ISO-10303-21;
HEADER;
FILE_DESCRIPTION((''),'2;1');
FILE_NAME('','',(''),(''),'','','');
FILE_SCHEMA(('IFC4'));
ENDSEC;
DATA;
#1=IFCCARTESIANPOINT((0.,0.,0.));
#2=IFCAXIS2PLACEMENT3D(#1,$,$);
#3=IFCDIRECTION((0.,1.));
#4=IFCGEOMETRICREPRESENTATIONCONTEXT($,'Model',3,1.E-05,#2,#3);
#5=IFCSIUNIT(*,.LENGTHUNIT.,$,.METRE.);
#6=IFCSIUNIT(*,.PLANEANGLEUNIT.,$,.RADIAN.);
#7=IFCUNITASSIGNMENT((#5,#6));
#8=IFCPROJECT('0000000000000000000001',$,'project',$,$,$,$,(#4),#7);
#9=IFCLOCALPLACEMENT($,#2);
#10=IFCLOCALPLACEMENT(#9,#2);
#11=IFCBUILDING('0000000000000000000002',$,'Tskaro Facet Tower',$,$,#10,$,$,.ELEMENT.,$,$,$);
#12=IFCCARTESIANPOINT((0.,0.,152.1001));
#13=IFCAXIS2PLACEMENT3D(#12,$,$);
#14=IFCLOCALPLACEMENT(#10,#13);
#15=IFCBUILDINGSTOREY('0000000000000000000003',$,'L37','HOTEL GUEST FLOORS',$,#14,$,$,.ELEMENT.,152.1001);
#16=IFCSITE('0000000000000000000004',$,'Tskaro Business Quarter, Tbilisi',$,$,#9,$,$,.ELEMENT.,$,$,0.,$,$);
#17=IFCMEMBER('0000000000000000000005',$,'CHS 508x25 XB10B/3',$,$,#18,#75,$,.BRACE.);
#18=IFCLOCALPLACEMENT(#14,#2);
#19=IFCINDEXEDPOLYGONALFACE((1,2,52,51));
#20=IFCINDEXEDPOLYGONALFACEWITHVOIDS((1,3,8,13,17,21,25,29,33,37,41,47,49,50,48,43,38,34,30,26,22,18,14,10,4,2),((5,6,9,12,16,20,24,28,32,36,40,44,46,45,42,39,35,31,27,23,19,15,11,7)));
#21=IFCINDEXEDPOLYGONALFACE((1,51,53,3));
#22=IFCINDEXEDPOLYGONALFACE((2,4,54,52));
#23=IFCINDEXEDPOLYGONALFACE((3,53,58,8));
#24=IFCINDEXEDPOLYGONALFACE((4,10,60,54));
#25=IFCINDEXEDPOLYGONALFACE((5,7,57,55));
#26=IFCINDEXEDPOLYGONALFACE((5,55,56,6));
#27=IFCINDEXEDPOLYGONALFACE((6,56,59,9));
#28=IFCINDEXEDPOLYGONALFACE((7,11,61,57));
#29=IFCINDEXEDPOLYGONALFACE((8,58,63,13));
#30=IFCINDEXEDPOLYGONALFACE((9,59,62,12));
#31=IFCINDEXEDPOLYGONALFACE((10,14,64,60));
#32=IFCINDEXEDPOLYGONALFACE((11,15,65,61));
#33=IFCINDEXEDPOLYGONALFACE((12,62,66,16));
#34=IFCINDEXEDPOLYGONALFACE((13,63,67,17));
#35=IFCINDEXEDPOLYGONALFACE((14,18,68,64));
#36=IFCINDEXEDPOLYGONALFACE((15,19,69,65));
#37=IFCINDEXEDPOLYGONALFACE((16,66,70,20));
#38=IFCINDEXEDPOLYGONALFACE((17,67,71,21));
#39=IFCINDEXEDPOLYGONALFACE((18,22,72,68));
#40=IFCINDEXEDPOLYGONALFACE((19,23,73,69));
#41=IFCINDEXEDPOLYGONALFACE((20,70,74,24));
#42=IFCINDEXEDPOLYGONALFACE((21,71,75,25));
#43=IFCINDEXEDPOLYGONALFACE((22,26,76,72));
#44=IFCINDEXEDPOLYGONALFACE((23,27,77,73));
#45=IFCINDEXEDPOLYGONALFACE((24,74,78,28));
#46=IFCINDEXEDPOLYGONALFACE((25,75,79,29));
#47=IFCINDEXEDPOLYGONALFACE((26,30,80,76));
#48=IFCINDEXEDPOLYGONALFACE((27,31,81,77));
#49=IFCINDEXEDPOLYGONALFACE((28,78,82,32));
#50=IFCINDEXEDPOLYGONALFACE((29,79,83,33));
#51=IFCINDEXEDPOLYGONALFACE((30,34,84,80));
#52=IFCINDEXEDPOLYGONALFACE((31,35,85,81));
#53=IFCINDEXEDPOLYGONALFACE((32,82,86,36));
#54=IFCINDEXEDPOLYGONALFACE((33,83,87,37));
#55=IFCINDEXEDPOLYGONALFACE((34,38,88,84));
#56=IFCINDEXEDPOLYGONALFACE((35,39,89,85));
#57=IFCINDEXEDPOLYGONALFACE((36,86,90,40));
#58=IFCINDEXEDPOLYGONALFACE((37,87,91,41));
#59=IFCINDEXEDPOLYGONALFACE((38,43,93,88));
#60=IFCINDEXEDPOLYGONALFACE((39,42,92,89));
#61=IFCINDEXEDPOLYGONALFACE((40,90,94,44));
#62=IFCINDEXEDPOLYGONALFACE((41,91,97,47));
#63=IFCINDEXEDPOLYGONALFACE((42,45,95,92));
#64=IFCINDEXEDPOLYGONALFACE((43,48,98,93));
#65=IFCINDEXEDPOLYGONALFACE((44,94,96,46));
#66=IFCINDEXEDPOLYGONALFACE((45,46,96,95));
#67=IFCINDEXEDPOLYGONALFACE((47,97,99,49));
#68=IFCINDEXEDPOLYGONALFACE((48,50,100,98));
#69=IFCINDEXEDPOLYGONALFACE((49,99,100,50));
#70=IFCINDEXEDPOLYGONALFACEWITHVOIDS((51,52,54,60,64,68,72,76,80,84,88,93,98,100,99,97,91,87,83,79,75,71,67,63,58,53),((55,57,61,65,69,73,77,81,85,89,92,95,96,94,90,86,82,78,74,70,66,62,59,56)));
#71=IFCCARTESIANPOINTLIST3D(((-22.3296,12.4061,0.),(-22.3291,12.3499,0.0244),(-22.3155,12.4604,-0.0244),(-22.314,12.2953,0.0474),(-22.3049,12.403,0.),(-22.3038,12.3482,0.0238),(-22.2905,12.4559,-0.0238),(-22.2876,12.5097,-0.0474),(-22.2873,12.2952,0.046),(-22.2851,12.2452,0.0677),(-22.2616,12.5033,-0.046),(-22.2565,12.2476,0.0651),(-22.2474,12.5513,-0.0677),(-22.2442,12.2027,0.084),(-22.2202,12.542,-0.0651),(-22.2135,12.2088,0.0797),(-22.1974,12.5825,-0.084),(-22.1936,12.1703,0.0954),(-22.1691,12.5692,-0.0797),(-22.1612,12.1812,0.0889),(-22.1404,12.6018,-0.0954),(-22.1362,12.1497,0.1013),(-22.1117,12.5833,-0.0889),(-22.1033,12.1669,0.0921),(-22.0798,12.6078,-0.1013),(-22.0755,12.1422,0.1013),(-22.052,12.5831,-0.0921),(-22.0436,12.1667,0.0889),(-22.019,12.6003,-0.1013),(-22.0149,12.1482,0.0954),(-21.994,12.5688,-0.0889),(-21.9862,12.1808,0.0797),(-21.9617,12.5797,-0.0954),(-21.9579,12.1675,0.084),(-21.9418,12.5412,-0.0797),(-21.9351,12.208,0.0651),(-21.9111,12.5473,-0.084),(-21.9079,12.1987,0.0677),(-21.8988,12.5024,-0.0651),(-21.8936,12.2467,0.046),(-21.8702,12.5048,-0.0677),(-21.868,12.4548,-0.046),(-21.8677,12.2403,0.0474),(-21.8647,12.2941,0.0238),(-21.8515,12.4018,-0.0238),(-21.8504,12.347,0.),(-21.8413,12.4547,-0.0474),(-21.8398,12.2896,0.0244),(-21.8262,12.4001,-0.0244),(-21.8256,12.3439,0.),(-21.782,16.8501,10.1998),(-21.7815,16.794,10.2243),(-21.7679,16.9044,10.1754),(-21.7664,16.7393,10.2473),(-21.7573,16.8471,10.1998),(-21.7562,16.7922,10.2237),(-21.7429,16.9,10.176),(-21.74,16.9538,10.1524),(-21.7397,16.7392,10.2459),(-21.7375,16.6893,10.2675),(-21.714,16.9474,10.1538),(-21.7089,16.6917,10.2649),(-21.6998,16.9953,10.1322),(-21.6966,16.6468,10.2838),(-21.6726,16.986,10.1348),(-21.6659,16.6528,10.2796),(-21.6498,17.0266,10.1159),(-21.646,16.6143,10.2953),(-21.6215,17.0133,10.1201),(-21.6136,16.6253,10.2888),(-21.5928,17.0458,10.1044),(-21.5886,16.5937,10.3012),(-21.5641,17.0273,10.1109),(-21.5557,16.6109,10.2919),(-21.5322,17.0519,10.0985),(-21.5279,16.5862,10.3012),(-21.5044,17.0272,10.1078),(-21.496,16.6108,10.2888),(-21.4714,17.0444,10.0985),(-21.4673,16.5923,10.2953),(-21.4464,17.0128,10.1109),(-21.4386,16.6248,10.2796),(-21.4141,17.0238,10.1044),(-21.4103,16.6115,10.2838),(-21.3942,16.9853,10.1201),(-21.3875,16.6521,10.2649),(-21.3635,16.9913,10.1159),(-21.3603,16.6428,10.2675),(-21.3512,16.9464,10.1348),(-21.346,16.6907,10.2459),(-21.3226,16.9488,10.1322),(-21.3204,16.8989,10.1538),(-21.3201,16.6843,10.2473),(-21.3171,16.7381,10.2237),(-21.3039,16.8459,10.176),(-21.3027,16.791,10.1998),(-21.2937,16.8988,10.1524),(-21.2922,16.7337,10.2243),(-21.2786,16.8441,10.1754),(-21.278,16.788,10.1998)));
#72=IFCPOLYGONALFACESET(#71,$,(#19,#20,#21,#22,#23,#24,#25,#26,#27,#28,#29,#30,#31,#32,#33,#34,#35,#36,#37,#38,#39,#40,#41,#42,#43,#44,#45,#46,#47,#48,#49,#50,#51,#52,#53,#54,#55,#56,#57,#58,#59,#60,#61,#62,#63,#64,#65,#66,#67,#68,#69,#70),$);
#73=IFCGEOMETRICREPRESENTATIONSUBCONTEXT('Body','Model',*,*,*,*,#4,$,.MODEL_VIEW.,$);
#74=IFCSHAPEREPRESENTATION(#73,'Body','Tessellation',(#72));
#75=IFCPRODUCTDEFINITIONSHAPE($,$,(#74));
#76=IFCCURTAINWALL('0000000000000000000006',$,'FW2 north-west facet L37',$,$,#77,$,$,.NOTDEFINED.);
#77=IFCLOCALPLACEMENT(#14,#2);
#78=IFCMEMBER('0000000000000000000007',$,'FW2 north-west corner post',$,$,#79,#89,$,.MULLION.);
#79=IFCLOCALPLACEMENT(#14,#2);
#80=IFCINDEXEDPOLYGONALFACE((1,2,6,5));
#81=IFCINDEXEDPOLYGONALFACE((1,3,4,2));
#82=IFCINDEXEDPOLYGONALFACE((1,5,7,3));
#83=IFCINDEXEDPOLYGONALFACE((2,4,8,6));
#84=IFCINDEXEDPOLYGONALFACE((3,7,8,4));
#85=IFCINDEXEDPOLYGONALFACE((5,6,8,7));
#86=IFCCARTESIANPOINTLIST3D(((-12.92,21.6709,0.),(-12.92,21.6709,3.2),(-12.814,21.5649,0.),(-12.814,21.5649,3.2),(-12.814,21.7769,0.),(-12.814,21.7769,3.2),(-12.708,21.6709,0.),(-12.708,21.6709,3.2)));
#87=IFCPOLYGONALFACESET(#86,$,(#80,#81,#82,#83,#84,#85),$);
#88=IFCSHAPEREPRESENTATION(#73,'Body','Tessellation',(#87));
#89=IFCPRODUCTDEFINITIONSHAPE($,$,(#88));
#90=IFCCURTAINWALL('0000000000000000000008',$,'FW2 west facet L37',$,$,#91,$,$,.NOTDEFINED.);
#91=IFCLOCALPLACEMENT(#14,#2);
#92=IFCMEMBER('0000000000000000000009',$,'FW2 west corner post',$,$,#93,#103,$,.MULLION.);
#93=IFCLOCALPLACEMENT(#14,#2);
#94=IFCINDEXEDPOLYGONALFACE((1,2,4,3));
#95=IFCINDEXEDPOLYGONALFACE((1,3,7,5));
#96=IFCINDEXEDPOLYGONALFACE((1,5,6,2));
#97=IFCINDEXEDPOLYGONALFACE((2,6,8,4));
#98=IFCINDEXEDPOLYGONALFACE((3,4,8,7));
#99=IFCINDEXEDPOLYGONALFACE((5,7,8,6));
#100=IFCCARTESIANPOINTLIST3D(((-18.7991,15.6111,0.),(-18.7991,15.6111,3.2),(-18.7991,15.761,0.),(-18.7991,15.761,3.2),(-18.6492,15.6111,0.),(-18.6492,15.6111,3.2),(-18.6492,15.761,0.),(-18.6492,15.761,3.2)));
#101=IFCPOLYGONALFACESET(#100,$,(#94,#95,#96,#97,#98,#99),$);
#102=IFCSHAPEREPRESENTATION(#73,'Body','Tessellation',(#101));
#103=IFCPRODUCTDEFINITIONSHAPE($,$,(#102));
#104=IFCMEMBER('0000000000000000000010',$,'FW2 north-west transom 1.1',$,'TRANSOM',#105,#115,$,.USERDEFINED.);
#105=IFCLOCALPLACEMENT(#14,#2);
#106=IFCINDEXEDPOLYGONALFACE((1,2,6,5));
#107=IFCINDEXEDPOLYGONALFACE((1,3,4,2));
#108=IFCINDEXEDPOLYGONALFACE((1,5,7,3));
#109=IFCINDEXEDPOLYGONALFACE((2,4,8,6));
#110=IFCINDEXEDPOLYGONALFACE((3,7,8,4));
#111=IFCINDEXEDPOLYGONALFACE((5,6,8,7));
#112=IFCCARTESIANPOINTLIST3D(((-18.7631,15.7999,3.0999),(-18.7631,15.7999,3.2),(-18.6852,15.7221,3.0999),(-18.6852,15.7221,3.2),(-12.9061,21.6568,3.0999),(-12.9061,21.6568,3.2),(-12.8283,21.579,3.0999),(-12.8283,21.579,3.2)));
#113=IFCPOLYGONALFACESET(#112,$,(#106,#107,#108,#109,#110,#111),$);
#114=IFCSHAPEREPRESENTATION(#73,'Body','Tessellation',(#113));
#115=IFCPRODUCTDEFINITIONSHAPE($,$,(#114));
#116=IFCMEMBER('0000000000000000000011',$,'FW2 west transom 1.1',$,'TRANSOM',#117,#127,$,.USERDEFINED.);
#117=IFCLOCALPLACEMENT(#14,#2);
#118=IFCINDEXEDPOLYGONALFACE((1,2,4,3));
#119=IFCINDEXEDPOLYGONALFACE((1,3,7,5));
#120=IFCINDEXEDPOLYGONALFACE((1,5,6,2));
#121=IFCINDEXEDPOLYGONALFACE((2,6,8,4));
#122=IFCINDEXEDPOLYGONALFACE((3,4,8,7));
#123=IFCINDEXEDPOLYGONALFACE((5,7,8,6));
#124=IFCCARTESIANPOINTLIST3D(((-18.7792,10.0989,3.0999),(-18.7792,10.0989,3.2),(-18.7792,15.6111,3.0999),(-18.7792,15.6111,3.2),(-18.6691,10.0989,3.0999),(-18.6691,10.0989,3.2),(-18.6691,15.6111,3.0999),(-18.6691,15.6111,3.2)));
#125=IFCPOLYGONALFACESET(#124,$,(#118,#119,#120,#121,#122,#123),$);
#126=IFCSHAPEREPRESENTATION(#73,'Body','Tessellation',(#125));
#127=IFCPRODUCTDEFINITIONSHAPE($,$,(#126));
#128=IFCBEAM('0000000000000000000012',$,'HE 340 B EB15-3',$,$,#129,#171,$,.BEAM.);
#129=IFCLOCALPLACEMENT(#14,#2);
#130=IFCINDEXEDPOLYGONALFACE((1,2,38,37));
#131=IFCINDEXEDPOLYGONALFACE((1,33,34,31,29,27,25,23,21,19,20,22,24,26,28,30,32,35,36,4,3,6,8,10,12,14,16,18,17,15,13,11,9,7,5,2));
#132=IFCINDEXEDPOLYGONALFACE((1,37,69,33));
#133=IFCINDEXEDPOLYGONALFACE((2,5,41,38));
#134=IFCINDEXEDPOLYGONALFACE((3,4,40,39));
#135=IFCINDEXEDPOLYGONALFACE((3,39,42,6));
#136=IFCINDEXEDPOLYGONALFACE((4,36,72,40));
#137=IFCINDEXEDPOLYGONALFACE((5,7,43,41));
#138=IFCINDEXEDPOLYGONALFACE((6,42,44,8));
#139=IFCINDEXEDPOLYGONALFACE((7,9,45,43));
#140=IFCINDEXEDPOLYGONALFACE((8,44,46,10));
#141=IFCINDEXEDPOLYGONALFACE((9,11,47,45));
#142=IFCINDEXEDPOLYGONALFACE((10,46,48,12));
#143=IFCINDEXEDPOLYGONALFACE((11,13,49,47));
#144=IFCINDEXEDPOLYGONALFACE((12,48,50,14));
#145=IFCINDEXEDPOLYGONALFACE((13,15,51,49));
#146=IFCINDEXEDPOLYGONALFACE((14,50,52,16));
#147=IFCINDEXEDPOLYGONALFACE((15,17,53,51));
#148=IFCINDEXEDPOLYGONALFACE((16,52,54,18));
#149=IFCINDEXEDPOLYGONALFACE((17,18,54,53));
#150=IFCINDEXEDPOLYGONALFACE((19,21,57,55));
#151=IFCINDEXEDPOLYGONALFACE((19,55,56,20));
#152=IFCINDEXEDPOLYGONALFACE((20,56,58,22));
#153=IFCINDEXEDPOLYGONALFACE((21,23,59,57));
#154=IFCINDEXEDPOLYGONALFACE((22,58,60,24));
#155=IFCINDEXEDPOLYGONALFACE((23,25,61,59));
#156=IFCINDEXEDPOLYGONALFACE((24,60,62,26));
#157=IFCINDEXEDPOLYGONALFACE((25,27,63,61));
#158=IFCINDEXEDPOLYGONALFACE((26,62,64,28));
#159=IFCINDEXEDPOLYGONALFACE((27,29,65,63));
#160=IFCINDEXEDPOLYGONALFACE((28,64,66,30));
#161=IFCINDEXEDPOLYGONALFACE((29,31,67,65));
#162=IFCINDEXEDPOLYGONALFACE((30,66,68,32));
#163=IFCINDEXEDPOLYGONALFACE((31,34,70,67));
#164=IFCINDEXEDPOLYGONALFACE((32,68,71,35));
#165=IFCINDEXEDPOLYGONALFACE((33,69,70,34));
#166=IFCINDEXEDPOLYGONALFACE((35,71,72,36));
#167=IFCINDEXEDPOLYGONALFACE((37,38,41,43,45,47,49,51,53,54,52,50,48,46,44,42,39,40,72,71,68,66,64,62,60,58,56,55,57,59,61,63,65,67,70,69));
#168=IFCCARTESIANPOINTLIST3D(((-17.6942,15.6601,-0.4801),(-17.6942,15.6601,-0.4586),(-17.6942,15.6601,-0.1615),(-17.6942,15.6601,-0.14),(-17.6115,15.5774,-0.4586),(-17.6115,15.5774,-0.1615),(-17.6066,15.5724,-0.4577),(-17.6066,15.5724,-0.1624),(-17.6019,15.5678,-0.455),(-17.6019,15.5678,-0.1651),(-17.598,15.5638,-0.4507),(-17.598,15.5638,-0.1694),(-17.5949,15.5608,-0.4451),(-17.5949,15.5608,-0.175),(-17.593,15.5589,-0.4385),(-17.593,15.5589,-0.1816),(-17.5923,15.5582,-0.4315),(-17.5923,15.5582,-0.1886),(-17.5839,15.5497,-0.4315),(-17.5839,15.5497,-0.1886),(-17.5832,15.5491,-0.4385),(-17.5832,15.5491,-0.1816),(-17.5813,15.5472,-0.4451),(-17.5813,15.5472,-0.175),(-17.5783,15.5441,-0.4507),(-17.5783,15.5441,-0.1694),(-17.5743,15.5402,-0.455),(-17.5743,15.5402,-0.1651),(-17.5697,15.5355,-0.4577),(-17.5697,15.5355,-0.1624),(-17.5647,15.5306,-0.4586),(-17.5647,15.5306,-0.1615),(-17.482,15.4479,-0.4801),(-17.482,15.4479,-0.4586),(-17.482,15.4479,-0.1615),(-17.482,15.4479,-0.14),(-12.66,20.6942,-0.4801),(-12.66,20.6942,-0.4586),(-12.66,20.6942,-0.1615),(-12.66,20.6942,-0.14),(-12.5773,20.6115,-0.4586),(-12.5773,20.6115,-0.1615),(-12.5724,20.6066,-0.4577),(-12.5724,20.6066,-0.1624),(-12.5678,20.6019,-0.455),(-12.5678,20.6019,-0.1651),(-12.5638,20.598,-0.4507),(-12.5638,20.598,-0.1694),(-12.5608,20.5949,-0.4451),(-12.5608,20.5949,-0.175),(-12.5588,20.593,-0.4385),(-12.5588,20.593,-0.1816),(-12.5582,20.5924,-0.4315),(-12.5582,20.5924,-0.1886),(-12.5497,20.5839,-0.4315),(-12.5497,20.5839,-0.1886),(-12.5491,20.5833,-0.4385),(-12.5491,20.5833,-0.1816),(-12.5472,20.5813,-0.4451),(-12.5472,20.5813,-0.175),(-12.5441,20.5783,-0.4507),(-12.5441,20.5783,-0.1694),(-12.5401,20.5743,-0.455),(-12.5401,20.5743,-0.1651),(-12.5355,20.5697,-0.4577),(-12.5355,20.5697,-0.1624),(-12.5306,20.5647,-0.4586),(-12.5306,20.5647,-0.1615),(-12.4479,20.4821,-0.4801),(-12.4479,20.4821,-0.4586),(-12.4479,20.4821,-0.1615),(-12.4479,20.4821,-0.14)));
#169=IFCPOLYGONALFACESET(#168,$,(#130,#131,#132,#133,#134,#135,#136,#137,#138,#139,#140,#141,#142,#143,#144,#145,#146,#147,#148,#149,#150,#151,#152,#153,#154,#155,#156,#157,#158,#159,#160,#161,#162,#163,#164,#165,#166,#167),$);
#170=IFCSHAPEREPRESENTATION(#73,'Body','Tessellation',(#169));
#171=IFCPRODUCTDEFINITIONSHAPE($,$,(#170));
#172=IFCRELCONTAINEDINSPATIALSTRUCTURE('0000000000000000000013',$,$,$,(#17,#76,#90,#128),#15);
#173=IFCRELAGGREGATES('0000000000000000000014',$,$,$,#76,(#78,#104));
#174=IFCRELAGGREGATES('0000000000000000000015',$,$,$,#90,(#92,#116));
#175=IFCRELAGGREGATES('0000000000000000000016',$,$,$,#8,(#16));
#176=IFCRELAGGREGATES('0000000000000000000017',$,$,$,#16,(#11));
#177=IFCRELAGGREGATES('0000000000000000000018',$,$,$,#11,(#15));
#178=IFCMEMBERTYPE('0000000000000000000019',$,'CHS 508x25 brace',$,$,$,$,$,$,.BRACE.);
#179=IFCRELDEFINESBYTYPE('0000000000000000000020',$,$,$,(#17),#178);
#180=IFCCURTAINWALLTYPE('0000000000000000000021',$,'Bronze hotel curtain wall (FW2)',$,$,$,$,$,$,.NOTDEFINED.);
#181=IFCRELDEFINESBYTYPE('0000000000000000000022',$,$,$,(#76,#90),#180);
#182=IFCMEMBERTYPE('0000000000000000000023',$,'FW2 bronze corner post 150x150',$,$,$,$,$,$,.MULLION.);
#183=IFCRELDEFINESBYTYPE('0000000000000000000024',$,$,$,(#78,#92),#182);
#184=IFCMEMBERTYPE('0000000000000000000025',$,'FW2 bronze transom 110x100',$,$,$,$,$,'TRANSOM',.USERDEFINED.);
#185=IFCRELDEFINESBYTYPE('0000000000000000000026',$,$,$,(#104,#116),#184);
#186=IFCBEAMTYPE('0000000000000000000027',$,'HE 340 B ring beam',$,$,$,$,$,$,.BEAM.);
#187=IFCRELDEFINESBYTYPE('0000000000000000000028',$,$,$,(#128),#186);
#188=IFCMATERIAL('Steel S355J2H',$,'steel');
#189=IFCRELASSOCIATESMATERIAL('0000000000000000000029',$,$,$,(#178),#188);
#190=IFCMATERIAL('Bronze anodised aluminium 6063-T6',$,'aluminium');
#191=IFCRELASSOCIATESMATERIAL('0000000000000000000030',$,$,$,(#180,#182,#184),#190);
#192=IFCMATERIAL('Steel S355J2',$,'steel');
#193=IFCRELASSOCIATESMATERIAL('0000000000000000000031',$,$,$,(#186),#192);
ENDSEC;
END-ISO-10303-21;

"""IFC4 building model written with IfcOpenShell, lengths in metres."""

from ifc_helpers import new_model, si_unit, direction, frame, origin, origin_2d, place, context, subcontext, project, spatial, rectangle, hollow_circle, i_section, extrude, material, material_profile, profile_set, type_object, element, aggregate, save


model = new_model("IFC4")

# Units and contexts
model_context = context("Model", 3, precision=1e-05, world=origin(), true_north=direction((0.0, 1.0)))
body_context = subcontext(model_context, "Body", "Model", "MODEL_VIEW")
ifc_project = project(units=[si_unit("LENGTHUNIT", "METRE"), si_unit("PLANEANGLEUNIT", "RADIAN")], contexts=[model_context])

# Site, building, storey
site_placement = place(None, origin())
site = spatial("IfcSite", under=ifc_project, at=site_placement, Name="Tskaro Business Quarter, Tbilisi", CompositionType="ELEMENT", RefElevation=0.0)
building_placement = place(site_placement, origin())
building = spatial("IfcBuilding", under=site, at=building_placement, Name="Tskaro Facet Tower", CompositionType="ELEMENT")
storey_placement = place(building_placement, frame((0.0, 0.0, 152.1001)))
storey = spatial("IfcBuildingStorey", under=building, at=storey_placement, Name="L37", Description="HOTEL GUEST FLOORS", CompositionType="ELEMENT", Elevation=152.1001)

# Shared definitions
ifc_material_1 = material(Name="Steel S355J2H", Category="steel")

# Member
ifc_material_profile_1 = material_profile(ifc_material_1, hollow_circle(Radius=0.2539, WallThickness=0.0249, at=origin_2d()), Name="CHS 508x25")
ifc_profile_set_1 = profile_set([ifc_material_profile_1], Name="Steel S355J2H")
member_type_1 = type_object("IfcMemberType", Name="CHS 508x25 brace", PredefinedType="BRACE", material=ifc_profile_set_1)
member_1_placement = place(storey_placement, frame((-22.0776, 12.375, 0.0), z_axis=(0.049159, 0.398948, 0.915655), x_axis=(-0.992494, 0.122296, 0.0)))
element("IfcMember", 1, at=member_1_placement, inside=storey, type_object=member_type_1, Name="CHS 508x25 XB10B/3", PredefinedType="BRACE", context=body_context, shape_type="SweptSolid", body=[
    extrude(hollow_circle(Radius=0.2539, WallThickness=0.0249, at=origin_2d()), origin(), (0.0, 0.0, 1.0), 11.1394),
])

# Curtain walls, members
ifc_material_2 = material(Name="Bronze anodised aluminium 6063-T6", Category="aluminium")
curtain_wall_type = type_object("IfcCurtainWallType", Name="Bronze hotel curtain wall (FW2)", PredefinedType="NOTDEFINED", material=ifc_material_2)
curtain_wall_1_placement = place(storey_placement, origin())
curtain_wall_1 = element("IfcCurtainWall", 2, at=curtain_wall_1_placement, inside=storey, type_object=curtain_wall_type, Name="FW2 north-west facet L37", PredefinedType="NOTDEFINED")
ifc_material_profile_2 = material_profile(ifc_material_2, rectangle(XDim=0.1499, YDim=0.1499, at=origin_2d()), Name="Corner post 150x150")
ifc_profile_set_2 = profile_set([ifc_material_profile_2], Name="Bronze anodised aluminium 6063-T6")
member_type_2 = type_object("IfcMemberType", Name="FW2 bronze corner post 150x150", PredefinedType="MULLION", material=ifc_profile_set_2)
member_2_placement = place(storey_placement, frame((-12.814, 21.6709, 0.0), z_axis=(0.0, 0.0, 1.0), x_axis=(-0.707107, -0.707107, 0.0)))
member_2 = element("IfcMember", 3, at=member_2_placement, type_object=member_type_2, Name="FW2 north-west corner post", PredefinedType="MULLION", context=body_context, shape_type="SweptSolid", body=[
    extrude(rectangle(XDim=0.1499, YDim=0.1499, at=origin_2d()), origin(), (0.0, 0.0, 1.0), 3.2),
])
curtain_wall_2_placement = place(storey_placement, origin())
curtain_wall_2 = element("IfcCurtainWall", 4, at=curtain_wall_2_placement, inside=storey, type_object=curtain_wall_type, Name="FW2 west facet L37", PredefinedType="NOTDEFINED")
member_3_placement = place(storey_placement, frame((-18.7241, 15.686, 0.0), z_axis=(0.0, 0.0, 1.0), x_axis=(0.0, -1.0, 0.0)))
member_3 = element("IfcMember", 5, at=member_3_placement, type_object=member_type_2, Name="FW2 west corner post", PredefinedType="MULLION", context=body_context, shape_type="SweptSolid", body=[
    extrude(rectangle(XDim=0.1499, YDim=0.1499, at=origin_2d()), origin(), (0.0, 0.0, 1.0), 3.2),
])

# Members
ifc_material_profile_3 = material_profile(ifc_material_2, rectangle(XDim=0.1101, YDim=0.1001, at=origin_2d()), Name="Transom 110x100")
ifc_profile_set_3 = profile_set([ifc_material_profile_3], Name="Bronze anodised aluminium 6063-T6")
member_type_3 = type_object("IfcMemberType", Name="FW2 bronze transom 110x100", ElementType="TRANSOM", PredefinedType="USERDEFINED", material=ifc_profile_set_3)
member_4_placement = place(storey_placement, frame((-12.8672, 21.6179, 3.1499), z_axis=(-0.707107, -0.707107, 0.0), x_axis=(0.707107, -0.707107, 0.0)))
member_4 = element("IfcMember", 6, at=member_4_placement, type_object=member_type_3, Name="FW2 north-west transom 1.1", ObjectType="TRANSOM", PredefinedType="USERDEFINED", context=body_context, shape_type="SweptSolid", body=[
    extrude(rectangle(XDim=0.1101, YDim=0.1001, at=origin_2d()), origin(), (0.0, 0.0, 1.0), 8.283),
])
member_5_placement = place(storey_placement, frame((-18.7241, 15.6111, 3.1499), z_axis=(0.0, -1.0, 0.0), x_axis=(1.0, 0.0, 0.0)))
member_5 = element("IfcMember", 7, at=member_5_placement, type_object=member_type_3, Name="FW2 west transom 1.1", ObjectType="TRANSOM", PredefinedType="USERDEFINED", context=body_context, shape_type="SweptSolid", body=[
    extrude(rectangle(XDim=0.1101, YDim=0.1001, at=origin_2d()), origin(), (0.0, 0.0, 1.0), 5.5122),
])

# Beam
ifc_material_3 = material(Name="Steel S355J2", Category="steel")
ifc_material_profile_4 = material_profile(ifc_material_3, i_section(OverallWidth=0.3, OverallDepth=0.3401, WebThickness=0.012, FlangeThickness=0.0215, FilletRadius=0.0271, at=origin_2d()), Name="HE 340 B")
ifc_profile_set_4 = profile_set([ifc_material_profile_4], Name="Steel S355J2")
beam_type_1 = type_object("IfcBeamType", Name="HE 340 B ring beam", PredefinedType="BEAM", material=ifc_profile_set_4)
beam_1_placement = place(storey_placement, frame((-12.554, 20.5881, -0.3101), z_axis=(-0.707107, -0.707107, 0.0), x_axis=(0.707107, -0.707107, 0.0)))
element("IfcBeam", 8, at=beam_1_placement, inside=storey, type_object=beam_type_1, Name="HE 340 B EB15-3", PredefinedType="BEAM", context=body_context, shape_type="SweptSolid", body=[
    extrude(i_section(OverallWidth=0.3, OverallDepth=0.3401, WebThickness=0.012, FlangeThickness=0.0215, FilletRadius=0.0271, at=origin_2d()), origin(), (0.0, 0.0, 1.0), 7.1194),
])

aggregate(curtain_wall_1, [member_2, member_4])
aggregate(curtain_wall_2, [member_3, member_5])

save(model, "model.ifc")
